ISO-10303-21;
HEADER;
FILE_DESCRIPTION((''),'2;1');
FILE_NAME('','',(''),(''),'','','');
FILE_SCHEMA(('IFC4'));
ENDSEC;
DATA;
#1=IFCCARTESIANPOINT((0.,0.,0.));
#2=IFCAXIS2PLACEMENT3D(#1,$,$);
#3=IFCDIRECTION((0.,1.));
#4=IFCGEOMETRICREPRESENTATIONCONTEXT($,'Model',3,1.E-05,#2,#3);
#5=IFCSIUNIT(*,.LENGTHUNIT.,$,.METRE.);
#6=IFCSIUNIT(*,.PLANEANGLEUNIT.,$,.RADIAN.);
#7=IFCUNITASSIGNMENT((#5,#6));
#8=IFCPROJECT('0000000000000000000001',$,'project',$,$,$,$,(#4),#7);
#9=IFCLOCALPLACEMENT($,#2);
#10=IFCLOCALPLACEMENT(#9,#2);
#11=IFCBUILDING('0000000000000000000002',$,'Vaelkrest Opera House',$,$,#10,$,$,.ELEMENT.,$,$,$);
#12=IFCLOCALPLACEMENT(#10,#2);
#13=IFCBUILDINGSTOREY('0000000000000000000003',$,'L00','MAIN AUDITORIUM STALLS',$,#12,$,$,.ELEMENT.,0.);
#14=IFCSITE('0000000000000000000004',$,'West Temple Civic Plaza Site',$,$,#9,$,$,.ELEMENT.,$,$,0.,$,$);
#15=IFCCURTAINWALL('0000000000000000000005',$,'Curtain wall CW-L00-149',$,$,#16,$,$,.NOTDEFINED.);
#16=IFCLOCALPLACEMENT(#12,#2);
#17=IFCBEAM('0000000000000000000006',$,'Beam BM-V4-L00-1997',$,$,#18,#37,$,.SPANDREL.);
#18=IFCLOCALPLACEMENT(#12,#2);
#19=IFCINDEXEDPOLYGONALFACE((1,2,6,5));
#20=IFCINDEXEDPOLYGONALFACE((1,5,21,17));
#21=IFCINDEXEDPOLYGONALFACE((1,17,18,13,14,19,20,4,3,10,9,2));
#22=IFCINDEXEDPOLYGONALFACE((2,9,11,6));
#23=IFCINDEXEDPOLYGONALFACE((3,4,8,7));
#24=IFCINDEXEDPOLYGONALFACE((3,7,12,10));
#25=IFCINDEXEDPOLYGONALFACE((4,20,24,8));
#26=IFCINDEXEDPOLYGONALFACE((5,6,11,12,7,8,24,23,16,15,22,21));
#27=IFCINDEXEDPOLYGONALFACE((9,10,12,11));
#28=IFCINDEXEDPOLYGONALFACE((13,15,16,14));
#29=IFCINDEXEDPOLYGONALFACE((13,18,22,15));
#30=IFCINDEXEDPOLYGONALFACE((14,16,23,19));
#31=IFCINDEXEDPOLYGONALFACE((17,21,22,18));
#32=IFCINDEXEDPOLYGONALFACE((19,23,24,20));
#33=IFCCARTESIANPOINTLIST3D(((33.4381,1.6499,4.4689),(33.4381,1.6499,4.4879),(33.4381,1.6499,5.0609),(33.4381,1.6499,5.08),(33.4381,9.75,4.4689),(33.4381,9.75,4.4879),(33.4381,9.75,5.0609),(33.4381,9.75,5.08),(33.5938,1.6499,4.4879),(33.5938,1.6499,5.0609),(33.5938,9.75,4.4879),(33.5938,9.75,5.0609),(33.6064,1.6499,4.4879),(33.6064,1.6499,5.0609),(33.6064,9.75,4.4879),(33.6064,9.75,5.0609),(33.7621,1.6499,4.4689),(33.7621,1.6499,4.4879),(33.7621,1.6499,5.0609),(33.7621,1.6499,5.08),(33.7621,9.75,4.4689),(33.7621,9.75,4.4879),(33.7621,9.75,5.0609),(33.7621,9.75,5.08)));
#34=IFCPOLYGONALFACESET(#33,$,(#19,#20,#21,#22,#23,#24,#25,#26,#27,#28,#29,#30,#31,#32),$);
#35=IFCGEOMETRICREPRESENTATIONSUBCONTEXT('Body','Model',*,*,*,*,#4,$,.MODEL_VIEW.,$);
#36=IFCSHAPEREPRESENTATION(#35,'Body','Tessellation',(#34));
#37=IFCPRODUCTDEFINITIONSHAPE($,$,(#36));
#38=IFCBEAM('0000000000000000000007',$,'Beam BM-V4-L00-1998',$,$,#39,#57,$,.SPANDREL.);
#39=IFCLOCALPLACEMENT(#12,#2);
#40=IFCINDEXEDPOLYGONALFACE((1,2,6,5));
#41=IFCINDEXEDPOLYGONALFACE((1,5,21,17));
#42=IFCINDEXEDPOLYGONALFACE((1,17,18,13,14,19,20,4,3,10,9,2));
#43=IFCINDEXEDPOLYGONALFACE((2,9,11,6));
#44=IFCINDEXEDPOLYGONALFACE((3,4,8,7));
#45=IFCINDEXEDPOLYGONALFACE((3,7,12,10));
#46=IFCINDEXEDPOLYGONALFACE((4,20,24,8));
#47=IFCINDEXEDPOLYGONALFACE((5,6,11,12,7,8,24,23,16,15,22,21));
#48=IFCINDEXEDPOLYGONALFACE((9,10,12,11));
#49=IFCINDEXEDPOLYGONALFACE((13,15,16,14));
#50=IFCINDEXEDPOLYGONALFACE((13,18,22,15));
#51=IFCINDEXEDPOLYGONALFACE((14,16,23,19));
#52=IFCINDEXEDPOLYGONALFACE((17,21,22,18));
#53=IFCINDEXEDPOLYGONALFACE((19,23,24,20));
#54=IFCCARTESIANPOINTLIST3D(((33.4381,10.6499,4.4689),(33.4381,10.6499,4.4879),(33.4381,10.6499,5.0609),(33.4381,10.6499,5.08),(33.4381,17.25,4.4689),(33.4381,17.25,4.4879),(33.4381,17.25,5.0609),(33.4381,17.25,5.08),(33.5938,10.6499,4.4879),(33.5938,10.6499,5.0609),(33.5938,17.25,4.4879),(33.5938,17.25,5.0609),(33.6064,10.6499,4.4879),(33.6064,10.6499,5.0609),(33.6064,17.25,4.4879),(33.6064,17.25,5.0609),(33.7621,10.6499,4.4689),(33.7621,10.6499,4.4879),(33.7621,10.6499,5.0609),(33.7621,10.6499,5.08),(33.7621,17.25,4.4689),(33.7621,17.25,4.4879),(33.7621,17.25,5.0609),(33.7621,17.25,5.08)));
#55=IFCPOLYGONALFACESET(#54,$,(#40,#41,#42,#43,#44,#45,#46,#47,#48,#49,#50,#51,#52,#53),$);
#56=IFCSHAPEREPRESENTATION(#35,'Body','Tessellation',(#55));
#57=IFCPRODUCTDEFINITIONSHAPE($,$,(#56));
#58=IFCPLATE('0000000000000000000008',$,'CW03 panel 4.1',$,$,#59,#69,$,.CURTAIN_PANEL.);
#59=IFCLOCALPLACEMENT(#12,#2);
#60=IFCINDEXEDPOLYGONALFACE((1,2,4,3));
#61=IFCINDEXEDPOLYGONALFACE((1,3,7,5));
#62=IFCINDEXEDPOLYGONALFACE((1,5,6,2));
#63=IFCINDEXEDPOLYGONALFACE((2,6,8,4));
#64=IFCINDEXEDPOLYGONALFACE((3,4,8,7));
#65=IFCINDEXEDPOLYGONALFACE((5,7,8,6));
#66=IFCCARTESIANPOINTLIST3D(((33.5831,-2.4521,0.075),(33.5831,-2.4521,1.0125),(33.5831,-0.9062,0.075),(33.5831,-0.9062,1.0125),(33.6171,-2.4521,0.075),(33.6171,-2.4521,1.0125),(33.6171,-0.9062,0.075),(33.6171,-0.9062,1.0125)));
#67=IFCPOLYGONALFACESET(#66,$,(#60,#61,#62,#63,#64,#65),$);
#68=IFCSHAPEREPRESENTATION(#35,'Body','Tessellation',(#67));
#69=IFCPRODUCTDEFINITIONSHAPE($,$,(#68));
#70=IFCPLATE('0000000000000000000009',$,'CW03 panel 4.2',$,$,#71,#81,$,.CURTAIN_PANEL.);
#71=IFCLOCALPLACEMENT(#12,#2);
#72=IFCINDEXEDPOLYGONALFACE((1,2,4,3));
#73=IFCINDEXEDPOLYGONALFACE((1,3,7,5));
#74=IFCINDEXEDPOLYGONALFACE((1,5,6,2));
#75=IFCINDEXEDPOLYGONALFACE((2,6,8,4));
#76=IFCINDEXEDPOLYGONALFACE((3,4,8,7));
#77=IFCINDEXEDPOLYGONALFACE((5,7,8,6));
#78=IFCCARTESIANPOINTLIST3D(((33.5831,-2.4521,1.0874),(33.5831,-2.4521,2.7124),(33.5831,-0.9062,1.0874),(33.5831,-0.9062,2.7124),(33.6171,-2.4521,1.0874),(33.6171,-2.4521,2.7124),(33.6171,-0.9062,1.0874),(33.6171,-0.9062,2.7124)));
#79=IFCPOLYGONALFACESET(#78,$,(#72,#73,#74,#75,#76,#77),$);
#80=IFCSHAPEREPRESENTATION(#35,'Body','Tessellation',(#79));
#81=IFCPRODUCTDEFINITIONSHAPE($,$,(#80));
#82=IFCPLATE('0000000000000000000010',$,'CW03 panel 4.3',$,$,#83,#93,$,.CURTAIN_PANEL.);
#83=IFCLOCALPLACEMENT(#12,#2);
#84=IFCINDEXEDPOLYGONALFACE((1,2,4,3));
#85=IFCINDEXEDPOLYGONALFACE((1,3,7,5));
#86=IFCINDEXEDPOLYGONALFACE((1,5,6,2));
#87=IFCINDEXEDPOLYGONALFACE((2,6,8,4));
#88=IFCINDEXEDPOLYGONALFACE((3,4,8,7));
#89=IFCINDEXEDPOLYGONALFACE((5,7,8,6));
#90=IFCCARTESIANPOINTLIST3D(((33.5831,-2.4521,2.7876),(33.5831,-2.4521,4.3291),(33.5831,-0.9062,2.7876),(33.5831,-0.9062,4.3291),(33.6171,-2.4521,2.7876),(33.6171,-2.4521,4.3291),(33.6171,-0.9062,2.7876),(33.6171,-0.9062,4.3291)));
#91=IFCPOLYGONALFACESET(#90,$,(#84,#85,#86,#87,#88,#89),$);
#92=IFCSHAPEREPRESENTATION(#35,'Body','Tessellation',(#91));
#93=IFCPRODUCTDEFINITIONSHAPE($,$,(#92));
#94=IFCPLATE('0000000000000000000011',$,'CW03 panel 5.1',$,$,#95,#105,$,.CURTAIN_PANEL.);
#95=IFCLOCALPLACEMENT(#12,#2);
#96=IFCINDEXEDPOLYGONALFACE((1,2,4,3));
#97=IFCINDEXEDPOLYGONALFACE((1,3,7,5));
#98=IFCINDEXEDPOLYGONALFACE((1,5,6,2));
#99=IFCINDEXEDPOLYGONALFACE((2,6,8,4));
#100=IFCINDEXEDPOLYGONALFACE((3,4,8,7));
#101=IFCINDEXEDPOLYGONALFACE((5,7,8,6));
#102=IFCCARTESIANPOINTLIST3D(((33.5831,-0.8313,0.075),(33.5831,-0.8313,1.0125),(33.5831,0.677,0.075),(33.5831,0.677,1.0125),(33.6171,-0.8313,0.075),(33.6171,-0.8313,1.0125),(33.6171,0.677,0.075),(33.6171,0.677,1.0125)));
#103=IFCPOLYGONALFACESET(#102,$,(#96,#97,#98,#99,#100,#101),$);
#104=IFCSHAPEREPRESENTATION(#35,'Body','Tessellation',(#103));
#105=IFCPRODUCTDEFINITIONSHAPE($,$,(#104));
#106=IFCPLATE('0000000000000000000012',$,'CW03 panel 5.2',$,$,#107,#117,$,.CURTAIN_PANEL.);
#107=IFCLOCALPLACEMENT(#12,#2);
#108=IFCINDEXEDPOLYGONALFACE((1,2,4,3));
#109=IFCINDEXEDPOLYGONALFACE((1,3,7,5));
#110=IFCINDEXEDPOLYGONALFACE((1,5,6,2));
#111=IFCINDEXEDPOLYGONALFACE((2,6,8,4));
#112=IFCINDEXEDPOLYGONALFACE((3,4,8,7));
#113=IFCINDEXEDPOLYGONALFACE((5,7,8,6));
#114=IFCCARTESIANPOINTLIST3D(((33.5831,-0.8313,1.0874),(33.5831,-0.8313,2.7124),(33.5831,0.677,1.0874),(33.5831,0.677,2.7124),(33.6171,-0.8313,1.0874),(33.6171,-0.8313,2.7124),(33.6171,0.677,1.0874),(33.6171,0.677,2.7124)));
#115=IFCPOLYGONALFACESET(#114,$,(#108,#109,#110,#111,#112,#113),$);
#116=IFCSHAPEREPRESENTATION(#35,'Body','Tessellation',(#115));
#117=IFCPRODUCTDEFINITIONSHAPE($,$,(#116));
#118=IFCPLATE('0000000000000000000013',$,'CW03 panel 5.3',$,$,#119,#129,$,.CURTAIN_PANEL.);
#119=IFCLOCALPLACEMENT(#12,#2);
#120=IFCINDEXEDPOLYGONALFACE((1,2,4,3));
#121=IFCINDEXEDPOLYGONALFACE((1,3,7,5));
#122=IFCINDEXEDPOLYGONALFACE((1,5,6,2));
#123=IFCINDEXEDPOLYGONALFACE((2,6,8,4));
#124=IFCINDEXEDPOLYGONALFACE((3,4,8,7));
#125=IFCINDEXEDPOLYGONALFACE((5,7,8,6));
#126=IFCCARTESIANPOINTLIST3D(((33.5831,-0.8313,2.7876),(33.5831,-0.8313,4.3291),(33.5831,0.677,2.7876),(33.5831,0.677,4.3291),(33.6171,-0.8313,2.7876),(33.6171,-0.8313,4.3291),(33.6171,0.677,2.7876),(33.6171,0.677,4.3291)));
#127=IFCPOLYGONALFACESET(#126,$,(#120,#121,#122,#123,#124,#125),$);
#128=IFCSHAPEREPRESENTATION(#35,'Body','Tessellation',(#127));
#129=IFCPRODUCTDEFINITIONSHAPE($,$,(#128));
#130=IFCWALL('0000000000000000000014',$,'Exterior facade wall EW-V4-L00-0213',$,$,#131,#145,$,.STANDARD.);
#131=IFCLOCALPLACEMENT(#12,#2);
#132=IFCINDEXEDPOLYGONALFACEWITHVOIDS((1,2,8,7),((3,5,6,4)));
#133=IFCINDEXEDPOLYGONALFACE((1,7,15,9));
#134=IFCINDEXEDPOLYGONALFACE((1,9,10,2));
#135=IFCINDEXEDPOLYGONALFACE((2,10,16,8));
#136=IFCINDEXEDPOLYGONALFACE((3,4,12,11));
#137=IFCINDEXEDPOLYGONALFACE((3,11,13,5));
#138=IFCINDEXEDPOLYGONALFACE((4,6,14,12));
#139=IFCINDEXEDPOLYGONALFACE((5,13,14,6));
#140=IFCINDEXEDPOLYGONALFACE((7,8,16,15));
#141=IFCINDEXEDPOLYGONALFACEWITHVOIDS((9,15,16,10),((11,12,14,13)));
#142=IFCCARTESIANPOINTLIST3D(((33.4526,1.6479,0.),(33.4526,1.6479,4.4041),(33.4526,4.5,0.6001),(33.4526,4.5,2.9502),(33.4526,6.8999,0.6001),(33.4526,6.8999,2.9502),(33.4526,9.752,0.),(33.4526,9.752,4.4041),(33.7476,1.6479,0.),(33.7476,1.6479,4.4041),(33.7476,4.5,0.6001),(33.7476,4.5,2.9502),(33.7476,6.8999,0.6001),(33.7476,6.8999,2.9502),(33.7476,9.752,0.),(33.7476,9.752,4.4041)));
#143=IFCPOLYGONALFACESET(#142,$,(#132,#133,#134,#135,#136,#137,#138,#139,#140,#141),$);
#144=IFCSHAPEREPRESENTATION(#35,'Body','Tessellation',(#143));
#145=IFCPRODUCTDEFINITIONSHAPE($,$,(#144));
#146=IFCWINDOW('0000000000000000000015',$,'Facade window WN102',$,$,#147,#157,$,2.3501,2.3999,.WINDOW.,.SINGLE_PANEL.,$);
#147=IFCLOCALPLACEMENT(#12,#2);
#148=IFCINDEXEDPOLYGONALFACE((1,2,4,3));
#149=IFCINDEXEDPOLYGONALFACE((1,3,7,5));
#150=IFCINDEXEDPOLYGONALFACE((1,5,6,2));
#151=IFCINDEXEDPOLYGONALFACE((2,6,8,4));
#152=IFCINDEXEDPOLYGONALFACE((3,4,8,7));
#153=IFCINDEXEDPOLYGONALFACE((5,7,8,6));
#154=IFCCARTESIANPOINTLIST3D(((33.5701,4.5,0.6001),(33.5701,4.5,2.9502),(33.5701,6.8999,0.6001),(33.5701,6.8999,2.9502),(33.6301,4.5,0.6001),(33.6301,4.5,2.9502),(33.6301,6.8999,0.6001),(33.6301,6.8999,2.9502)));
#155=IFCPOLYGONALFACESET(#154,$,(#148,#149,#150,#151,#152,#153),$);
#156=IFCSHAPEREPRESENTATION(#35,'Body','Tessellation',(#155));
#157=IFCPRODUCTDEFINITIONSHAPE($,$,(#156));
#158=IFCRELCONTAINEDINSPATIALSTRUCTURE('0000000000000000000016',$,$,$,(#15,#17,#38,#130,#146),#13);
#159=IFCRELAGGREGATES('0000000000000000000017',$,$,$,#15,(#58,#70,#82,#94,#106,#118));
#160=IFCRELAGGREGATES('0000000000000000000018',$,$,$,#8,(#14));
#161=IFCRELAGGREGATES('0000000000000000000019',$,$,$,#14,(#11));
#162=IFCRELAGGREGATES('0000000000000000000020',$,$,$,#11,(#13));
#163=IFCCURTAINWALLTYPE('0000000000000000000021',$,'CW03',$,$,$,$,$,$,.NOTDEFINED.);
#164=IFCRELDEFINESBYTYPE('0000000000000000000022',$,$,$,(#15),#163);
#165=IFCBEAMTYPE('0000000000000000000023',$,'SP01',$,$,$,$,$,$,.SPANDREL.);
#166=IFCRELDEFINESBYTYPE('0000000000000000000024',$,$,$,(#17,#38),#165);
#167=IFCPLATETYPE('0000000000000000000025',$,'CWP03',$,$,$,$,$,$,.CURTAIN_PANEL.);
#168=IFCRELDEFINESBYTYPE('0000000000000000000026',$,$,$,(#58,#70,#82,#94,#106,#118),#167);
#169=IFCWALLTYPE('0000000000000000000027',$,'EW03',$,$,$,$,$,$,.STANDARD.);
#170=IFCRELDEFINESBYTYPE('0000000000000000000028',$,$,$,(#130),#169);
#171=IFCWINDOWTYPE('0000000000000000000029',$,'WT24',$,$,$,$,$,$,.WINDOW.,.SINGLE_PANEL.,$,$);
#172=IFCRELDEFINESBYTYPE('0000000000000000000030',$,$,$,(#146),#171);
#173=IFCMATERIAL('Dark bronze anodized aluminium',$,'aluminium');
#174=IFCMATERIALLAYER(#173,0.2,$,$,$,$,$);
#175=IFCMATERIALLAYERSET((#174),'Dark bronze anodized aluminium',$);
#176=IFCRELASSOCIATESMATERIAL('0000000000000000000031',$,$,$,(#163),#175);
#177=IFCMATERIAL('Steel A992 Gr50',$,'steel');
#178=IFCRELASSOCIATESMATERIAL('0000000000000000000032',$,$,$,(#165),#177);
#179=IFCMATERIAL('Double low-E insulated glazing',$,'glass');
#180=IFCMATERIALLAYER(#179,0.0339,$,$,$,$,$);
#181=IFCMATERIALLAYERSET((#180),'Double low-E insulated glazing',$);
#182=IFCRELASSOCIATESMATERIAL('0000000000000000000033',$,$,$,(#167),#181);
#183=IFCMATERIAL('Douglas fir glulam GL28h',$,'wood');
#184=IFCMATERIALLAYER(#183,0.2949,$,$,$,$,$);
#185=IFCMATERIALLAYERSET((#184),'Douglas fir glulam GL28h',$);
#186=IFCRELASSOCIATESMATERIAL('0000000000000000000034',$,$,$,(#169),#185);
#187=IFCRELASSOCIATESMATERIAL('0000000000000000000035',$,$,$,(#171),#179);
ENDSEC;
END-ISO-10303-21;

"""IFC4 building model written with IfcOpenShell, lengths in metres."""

from ifc_helpers import new_model, si_unit, direction, frame, frame_2d, origin, origin_2d, place, context, subcontext, project, spatial, rectangle, i_section, extrude, material, layer, layer_set, material_profile, profile_set, type_object, element, fill, aggregate, save


model = new_model("IFC4")

# Units and contexts
model_context = context("Model", 3, precision=1e-05, world=origin(), true_north=direction((0.0, 1.0)))
body_context = subcontext(model_context, "Body", "Model", "MODEL_VIEW")
ifc_project = project(units=[si_unit("LENGTHUNIT", "METRE"), si_unit("PLANEANGLEUNIT", "RADIAN")], contexts=[model_context])

# Site, building, storey
site_placement = place(None, origin())
site = spatial("IfcSite", under=ifc_project, at=site_placement, Name="West Temple Civic Plaza Site", CompositionType="ELEMENT", RefElevation=0.0)
building_placement = place(site_placement, origin())
building = spatial("IfcBuilding", under=site, at=building_placement, Name="Vaelkrest Opera House", CompositionType="ELEMENT")
storey_placement = place(building_placement, origin())
storey = spatial("IfcBuildingStorey", under=building, at=storey_placement, Name="L00", Description="MAIN AUDITORIUM STALLS", CompositionType="ELEMENT", Elevation=0.0)

# Shared definitions
ifc_material_1 = material(Name="Steel A992 Gr50", Category="steel")

# Curtain wall
ifc_material_2 = material(Name="Dark bronze anodized aluminium", Category="aluminium")
ifc_layer_1 = layer(ifc_material_2, 0.2)
ifc_layer_set_1 = layer_set([ifc_layer_1], Name="Dark bronze anodized aluminium")
curtain_wall_type_1 = type_object("IfcCurtainWallType", Name="CW03", PredefinedType="NOTDEFINED", material=ifc_layer_set_1)
curtain_wall_1_placement = place(storey_placement, origin())
curtain_wall_1 = element("IfcCurtainWall", 1, at=curtain_wall_1_placement, inside=storey, type_object=curtain_wall_type_1, Name="Curtain wall CW-L00-149", PredefinedType="NOTDEFINED")

# Beams
ifc_material_profile_1 = material_profile(ifc_material_1, i_section(OverallWidth=0.324, OverallDepth=0.6111, WebThickness=0.0127, FlangeThickness=0.019, at=origin_2d()), Name="W24X104")
ifc_profile_set_1 = profile_set([ifc_material_profile_1], Name="Steel A992 Gr50")
beam_type_1 = type_object("IfcBeamType", Name="SP01", PredefinedType="SPANDREL", material=ifc_profile_set_1)
beam_1_placement = place(storey_placement, frame((33.6001, 1.6499, 4.7744), z_axis=(0.0, 1.0, 0.0), x_axis=(-1.0, 0.0, 0.0)))
element("IfcBeam", 2, at=beam_1_placement, inside=storey, type_object=beam_type_1, Name="Beam BM-V4-L00-1997", PredefinedType="SPANDREL", context=body_context, shape_type="SweptSolid", body=[
    extrude(i_section(OverallWidth=0.324, OverallDepth=0.6111, WebThickness=0.0127, FlangeThickness=0.019, at=origin_2d()), origin(), (0.0, 0.0, 1.0), 8.1001),
])
beam_2_placement = place(storey_placement, frame((33.6001, 10.6499, 4.7744), z_axis=(0.0, 1.0, 0.0), x_axis=(-1.0, 0.0, 0.0)))
element("IfcBeam", 3, at=beam_2_placement, inside=storey, type_object=beam_type_1, Name="Beam BM-V4-L00-1998", PredefinedType="SPANDREL", context=body_context, shape_type="SweptSolid", body=[
    extrude(i_section(OverallWidth=0.324, OverallDepth=0.6111, WebThickness=0.0127, FlangeThickness=0.019, at=origin_2d()), origin(), (0.0, 0.0, 1.0), 6.6001),
])

# Plates
ifc_material_3 = material(Name="Double low-E insulated glazing", Category="glass")
ifc_layer_2 = layer(ifc_material_3, 0.0339)
ifc_layer_set_2 = layer_set([ifc_layer_2], Name="Double low-E insulated glazing")
plate_type = type_object("IfcPlateType", Name="CWP03", PredefinedType="CURTAIN_PANEL", material=ifc_layer_set_2)
plate_1_placement = place(storey_placement, frame((33.6001, -1.6792, 0.075), z_axis=(0.0, 0.0, 1.0), x_axis=(0.0, 1.0, 0.0)))
plate_1 = element("IfcPlate", 4, at=plate_1_placement, type_object=plate_type, Name="CW03 panel 4.1", PredefinedType="CURTAIN_PANEL", context=body_context, shape_type="SweptSolid", body=[
    extrude(rectangle(XDim=1.5459, YDim=0.0339, at=origin_2d()), origin(), (0.0, 0.0, 1.0), 0.9375),
])
plate_2_placement = place(storey_placement, frame((33.6001, -1.6792, 1.0874), z_axis=(0.0, 0.0, 1.0), x_axis=(0.0, 1.0, 0.0)))
plate_2 = element("IfcPlate", 5, at=plate_2_placement, type_object=plate_type, Name="CW03 panel 4.2", PredefinedType="CURTAIN_PANEL", context=body_context, shape_type="SweptSolid", body=[
    extrude(rectangle(XDim=1.5459, YDim=0.0339, at=origin_2d()), origin(), (0.0, 0.0, 1.0), 1.625),
])
plate_3_placement = place(storey_placement, frame((33.6001, -1.6792, 2.7876), z_axis=(0.0, 0.0, 1.0), x_axis=(0.0, 1.0, 0.0)))
plate_3 = element("IfcPlate", 6, at=plate_3_placement, type_object=plate_type, Name="CW03 panel 4.3", PredefinedType="CURTAIN_PANEL", context=body_context, shape_type="SweptSolid", body=[
    extrude(rectangle(XDim=1.5459, YDim=0.0339, at=origin_2d()), origin(), (0.0, 0.0, 1.0), 1.5415),
])
plate_4_placement = place(storey_placement, frame((33.6001, -0.0771, 0.075), z_axis=(0.0, 0.0, 1.0), x_axis=(0.0, 1.0, 0.0)))
plate_4 = element("IfcPlate", 7, at=plate_4_placement, type_object=plate_type, Name="CW03 panel 5.1", PredefinedType="CURTAIN_PANEL", context=body_context, shape_type="SweptSolid", body=[
    extrude(rectangle(XDim=1.5083, YDim=0.0339, at=origin_2d()), origin(), (0.0, 0.0, 1.0), 0.9375),
])
plate_5_placement = place(storey_placement, frame((33.6001, -0.0771, 1.0874), z_axis=(0.0, 0.0, 1.0), x_axis=(0.0, 1.0, 0.0)))
plate_5 = element("IfcPlate", 8, at=plate_5_placement, type_object=plate_type, Name="CW03 panel 5.2", PredefinedType="CURTAIN_PANEL", context=body_context, shape_type="SweptSolid", body=[
    extrude(rectangle(XDim=1.5083, YDim=0.0339, at=origin_2d()), origin(), (0.0, 0.0, 1.0), 1.625),
])
plate_6_placement = place(storey_placement, frame((33.6001, -0.0771, 2.7876), z_axis=(0.0, 0.0, 1.0), x_axis=(0.0, 1.0, 0.0)))
plate_6 = element("IfcPlate", 9, at=plate_6_placement, type_object=plate_type, Name="CW03 panel 5.3", PredefinedType="CURTAIN_PANEL", context=body_context, shape_type="SweptSolid", body=[
    extrude(rectangle(XDim=1.5083, YDim=0.0339, at=origin_2d()), origin(), (0.0, 0.0, 1.0), 1.5415),
])
aggregate(curtain_wall_1, [plate_1, plate_2, plate_3, plate_4, plate_5, plate_6])

# Wall, opening, window
ifc_material_4 = material(Name="Douglas fir glulam GL28h", Category="wood")
ifc_layer_3 = layer(ifc_material_4, 0.2949)
ifc_layer_set_3 = layer_set([ifc_layer_3], Name="Douglas fir glulam GL28h")
wall_type_1 = type_object("IfcWallType", Name="EW03", PredefinedType="STANDARD", material=ifc_layer_set_3)
wall_1_placement = place(storey_placement, frame((33.6001, 1.6479, 0.0), z_axis=(0.0, 0.0, 1.0), x_axis=(0.0, 1.0, 0.0)))
wall_1 = element("IfcWall", 10, at=wall_1_placement, inside=storey, type_object=wall_type_1, Name="Exterior facade wall EW-V4-L00-0213", PredefinedType="STANDARD", context=body_context, shape_type="SweptSolid", body=[
    extrude(rectangle(XDim=8.104, YDim=0.2949, at=frame_2d((4.052, 0.0))), origin(), (0.0, 0.0, 1.0), 4.4041),
])
opening_1_placement = place(wall_1_placement, frame((2.8521, 0.0, 0.6001)))
opening_1 = element("IfcOpeningElement", 11, at=opening_1_placement, cuts=wall_1, PredefinedType="OPENING", context=body_context, shape_type="SweptSolid", body=[
    extrude(rectangle(XDim=2.3999, YDim=2.3501, at=frame_2d((1.2, 1.175))), frame((0.0, 0.1575, 0.0), z_axis=(0.0, -1.0, 0.0), x_axis=(1.0, 0.0, 0.0)), (0.0, 0.0, 1.0), 0.3149),
])
window_type = type_object("IfcWindowType", Name="WT24", PartitioningType="SINGLE_PANEL", PredefinedType="WINDOW", material=ifc_material_3)
window_placement = place(opening_1_placement, origin())
window = element("IfcWindow", 12, at=window_placement, inside=storey, type_object=window_type, Name="Facade window WN102", OverallHeight=2.3501, OverallWidth=2.3999, PartitioningType="SINGLE_PANEL", PredefinedType="WINDOW", context=body_context, shape_type="SweptSolid", body=[
    extrude(rectangle(XDim=2.3999, YDim=2.3501, at=frame_2d((1.2, 1.175))), frame((0.0, 0.03, 0.0), z_axis=(0.0, -1.0, 0.0), x_axis=(1.0, 0.0, 0.0)), (0.0, 0.0, 1.0), 0.0601),
])
fill(opening_1, window)

save(model, "model.ifc")
